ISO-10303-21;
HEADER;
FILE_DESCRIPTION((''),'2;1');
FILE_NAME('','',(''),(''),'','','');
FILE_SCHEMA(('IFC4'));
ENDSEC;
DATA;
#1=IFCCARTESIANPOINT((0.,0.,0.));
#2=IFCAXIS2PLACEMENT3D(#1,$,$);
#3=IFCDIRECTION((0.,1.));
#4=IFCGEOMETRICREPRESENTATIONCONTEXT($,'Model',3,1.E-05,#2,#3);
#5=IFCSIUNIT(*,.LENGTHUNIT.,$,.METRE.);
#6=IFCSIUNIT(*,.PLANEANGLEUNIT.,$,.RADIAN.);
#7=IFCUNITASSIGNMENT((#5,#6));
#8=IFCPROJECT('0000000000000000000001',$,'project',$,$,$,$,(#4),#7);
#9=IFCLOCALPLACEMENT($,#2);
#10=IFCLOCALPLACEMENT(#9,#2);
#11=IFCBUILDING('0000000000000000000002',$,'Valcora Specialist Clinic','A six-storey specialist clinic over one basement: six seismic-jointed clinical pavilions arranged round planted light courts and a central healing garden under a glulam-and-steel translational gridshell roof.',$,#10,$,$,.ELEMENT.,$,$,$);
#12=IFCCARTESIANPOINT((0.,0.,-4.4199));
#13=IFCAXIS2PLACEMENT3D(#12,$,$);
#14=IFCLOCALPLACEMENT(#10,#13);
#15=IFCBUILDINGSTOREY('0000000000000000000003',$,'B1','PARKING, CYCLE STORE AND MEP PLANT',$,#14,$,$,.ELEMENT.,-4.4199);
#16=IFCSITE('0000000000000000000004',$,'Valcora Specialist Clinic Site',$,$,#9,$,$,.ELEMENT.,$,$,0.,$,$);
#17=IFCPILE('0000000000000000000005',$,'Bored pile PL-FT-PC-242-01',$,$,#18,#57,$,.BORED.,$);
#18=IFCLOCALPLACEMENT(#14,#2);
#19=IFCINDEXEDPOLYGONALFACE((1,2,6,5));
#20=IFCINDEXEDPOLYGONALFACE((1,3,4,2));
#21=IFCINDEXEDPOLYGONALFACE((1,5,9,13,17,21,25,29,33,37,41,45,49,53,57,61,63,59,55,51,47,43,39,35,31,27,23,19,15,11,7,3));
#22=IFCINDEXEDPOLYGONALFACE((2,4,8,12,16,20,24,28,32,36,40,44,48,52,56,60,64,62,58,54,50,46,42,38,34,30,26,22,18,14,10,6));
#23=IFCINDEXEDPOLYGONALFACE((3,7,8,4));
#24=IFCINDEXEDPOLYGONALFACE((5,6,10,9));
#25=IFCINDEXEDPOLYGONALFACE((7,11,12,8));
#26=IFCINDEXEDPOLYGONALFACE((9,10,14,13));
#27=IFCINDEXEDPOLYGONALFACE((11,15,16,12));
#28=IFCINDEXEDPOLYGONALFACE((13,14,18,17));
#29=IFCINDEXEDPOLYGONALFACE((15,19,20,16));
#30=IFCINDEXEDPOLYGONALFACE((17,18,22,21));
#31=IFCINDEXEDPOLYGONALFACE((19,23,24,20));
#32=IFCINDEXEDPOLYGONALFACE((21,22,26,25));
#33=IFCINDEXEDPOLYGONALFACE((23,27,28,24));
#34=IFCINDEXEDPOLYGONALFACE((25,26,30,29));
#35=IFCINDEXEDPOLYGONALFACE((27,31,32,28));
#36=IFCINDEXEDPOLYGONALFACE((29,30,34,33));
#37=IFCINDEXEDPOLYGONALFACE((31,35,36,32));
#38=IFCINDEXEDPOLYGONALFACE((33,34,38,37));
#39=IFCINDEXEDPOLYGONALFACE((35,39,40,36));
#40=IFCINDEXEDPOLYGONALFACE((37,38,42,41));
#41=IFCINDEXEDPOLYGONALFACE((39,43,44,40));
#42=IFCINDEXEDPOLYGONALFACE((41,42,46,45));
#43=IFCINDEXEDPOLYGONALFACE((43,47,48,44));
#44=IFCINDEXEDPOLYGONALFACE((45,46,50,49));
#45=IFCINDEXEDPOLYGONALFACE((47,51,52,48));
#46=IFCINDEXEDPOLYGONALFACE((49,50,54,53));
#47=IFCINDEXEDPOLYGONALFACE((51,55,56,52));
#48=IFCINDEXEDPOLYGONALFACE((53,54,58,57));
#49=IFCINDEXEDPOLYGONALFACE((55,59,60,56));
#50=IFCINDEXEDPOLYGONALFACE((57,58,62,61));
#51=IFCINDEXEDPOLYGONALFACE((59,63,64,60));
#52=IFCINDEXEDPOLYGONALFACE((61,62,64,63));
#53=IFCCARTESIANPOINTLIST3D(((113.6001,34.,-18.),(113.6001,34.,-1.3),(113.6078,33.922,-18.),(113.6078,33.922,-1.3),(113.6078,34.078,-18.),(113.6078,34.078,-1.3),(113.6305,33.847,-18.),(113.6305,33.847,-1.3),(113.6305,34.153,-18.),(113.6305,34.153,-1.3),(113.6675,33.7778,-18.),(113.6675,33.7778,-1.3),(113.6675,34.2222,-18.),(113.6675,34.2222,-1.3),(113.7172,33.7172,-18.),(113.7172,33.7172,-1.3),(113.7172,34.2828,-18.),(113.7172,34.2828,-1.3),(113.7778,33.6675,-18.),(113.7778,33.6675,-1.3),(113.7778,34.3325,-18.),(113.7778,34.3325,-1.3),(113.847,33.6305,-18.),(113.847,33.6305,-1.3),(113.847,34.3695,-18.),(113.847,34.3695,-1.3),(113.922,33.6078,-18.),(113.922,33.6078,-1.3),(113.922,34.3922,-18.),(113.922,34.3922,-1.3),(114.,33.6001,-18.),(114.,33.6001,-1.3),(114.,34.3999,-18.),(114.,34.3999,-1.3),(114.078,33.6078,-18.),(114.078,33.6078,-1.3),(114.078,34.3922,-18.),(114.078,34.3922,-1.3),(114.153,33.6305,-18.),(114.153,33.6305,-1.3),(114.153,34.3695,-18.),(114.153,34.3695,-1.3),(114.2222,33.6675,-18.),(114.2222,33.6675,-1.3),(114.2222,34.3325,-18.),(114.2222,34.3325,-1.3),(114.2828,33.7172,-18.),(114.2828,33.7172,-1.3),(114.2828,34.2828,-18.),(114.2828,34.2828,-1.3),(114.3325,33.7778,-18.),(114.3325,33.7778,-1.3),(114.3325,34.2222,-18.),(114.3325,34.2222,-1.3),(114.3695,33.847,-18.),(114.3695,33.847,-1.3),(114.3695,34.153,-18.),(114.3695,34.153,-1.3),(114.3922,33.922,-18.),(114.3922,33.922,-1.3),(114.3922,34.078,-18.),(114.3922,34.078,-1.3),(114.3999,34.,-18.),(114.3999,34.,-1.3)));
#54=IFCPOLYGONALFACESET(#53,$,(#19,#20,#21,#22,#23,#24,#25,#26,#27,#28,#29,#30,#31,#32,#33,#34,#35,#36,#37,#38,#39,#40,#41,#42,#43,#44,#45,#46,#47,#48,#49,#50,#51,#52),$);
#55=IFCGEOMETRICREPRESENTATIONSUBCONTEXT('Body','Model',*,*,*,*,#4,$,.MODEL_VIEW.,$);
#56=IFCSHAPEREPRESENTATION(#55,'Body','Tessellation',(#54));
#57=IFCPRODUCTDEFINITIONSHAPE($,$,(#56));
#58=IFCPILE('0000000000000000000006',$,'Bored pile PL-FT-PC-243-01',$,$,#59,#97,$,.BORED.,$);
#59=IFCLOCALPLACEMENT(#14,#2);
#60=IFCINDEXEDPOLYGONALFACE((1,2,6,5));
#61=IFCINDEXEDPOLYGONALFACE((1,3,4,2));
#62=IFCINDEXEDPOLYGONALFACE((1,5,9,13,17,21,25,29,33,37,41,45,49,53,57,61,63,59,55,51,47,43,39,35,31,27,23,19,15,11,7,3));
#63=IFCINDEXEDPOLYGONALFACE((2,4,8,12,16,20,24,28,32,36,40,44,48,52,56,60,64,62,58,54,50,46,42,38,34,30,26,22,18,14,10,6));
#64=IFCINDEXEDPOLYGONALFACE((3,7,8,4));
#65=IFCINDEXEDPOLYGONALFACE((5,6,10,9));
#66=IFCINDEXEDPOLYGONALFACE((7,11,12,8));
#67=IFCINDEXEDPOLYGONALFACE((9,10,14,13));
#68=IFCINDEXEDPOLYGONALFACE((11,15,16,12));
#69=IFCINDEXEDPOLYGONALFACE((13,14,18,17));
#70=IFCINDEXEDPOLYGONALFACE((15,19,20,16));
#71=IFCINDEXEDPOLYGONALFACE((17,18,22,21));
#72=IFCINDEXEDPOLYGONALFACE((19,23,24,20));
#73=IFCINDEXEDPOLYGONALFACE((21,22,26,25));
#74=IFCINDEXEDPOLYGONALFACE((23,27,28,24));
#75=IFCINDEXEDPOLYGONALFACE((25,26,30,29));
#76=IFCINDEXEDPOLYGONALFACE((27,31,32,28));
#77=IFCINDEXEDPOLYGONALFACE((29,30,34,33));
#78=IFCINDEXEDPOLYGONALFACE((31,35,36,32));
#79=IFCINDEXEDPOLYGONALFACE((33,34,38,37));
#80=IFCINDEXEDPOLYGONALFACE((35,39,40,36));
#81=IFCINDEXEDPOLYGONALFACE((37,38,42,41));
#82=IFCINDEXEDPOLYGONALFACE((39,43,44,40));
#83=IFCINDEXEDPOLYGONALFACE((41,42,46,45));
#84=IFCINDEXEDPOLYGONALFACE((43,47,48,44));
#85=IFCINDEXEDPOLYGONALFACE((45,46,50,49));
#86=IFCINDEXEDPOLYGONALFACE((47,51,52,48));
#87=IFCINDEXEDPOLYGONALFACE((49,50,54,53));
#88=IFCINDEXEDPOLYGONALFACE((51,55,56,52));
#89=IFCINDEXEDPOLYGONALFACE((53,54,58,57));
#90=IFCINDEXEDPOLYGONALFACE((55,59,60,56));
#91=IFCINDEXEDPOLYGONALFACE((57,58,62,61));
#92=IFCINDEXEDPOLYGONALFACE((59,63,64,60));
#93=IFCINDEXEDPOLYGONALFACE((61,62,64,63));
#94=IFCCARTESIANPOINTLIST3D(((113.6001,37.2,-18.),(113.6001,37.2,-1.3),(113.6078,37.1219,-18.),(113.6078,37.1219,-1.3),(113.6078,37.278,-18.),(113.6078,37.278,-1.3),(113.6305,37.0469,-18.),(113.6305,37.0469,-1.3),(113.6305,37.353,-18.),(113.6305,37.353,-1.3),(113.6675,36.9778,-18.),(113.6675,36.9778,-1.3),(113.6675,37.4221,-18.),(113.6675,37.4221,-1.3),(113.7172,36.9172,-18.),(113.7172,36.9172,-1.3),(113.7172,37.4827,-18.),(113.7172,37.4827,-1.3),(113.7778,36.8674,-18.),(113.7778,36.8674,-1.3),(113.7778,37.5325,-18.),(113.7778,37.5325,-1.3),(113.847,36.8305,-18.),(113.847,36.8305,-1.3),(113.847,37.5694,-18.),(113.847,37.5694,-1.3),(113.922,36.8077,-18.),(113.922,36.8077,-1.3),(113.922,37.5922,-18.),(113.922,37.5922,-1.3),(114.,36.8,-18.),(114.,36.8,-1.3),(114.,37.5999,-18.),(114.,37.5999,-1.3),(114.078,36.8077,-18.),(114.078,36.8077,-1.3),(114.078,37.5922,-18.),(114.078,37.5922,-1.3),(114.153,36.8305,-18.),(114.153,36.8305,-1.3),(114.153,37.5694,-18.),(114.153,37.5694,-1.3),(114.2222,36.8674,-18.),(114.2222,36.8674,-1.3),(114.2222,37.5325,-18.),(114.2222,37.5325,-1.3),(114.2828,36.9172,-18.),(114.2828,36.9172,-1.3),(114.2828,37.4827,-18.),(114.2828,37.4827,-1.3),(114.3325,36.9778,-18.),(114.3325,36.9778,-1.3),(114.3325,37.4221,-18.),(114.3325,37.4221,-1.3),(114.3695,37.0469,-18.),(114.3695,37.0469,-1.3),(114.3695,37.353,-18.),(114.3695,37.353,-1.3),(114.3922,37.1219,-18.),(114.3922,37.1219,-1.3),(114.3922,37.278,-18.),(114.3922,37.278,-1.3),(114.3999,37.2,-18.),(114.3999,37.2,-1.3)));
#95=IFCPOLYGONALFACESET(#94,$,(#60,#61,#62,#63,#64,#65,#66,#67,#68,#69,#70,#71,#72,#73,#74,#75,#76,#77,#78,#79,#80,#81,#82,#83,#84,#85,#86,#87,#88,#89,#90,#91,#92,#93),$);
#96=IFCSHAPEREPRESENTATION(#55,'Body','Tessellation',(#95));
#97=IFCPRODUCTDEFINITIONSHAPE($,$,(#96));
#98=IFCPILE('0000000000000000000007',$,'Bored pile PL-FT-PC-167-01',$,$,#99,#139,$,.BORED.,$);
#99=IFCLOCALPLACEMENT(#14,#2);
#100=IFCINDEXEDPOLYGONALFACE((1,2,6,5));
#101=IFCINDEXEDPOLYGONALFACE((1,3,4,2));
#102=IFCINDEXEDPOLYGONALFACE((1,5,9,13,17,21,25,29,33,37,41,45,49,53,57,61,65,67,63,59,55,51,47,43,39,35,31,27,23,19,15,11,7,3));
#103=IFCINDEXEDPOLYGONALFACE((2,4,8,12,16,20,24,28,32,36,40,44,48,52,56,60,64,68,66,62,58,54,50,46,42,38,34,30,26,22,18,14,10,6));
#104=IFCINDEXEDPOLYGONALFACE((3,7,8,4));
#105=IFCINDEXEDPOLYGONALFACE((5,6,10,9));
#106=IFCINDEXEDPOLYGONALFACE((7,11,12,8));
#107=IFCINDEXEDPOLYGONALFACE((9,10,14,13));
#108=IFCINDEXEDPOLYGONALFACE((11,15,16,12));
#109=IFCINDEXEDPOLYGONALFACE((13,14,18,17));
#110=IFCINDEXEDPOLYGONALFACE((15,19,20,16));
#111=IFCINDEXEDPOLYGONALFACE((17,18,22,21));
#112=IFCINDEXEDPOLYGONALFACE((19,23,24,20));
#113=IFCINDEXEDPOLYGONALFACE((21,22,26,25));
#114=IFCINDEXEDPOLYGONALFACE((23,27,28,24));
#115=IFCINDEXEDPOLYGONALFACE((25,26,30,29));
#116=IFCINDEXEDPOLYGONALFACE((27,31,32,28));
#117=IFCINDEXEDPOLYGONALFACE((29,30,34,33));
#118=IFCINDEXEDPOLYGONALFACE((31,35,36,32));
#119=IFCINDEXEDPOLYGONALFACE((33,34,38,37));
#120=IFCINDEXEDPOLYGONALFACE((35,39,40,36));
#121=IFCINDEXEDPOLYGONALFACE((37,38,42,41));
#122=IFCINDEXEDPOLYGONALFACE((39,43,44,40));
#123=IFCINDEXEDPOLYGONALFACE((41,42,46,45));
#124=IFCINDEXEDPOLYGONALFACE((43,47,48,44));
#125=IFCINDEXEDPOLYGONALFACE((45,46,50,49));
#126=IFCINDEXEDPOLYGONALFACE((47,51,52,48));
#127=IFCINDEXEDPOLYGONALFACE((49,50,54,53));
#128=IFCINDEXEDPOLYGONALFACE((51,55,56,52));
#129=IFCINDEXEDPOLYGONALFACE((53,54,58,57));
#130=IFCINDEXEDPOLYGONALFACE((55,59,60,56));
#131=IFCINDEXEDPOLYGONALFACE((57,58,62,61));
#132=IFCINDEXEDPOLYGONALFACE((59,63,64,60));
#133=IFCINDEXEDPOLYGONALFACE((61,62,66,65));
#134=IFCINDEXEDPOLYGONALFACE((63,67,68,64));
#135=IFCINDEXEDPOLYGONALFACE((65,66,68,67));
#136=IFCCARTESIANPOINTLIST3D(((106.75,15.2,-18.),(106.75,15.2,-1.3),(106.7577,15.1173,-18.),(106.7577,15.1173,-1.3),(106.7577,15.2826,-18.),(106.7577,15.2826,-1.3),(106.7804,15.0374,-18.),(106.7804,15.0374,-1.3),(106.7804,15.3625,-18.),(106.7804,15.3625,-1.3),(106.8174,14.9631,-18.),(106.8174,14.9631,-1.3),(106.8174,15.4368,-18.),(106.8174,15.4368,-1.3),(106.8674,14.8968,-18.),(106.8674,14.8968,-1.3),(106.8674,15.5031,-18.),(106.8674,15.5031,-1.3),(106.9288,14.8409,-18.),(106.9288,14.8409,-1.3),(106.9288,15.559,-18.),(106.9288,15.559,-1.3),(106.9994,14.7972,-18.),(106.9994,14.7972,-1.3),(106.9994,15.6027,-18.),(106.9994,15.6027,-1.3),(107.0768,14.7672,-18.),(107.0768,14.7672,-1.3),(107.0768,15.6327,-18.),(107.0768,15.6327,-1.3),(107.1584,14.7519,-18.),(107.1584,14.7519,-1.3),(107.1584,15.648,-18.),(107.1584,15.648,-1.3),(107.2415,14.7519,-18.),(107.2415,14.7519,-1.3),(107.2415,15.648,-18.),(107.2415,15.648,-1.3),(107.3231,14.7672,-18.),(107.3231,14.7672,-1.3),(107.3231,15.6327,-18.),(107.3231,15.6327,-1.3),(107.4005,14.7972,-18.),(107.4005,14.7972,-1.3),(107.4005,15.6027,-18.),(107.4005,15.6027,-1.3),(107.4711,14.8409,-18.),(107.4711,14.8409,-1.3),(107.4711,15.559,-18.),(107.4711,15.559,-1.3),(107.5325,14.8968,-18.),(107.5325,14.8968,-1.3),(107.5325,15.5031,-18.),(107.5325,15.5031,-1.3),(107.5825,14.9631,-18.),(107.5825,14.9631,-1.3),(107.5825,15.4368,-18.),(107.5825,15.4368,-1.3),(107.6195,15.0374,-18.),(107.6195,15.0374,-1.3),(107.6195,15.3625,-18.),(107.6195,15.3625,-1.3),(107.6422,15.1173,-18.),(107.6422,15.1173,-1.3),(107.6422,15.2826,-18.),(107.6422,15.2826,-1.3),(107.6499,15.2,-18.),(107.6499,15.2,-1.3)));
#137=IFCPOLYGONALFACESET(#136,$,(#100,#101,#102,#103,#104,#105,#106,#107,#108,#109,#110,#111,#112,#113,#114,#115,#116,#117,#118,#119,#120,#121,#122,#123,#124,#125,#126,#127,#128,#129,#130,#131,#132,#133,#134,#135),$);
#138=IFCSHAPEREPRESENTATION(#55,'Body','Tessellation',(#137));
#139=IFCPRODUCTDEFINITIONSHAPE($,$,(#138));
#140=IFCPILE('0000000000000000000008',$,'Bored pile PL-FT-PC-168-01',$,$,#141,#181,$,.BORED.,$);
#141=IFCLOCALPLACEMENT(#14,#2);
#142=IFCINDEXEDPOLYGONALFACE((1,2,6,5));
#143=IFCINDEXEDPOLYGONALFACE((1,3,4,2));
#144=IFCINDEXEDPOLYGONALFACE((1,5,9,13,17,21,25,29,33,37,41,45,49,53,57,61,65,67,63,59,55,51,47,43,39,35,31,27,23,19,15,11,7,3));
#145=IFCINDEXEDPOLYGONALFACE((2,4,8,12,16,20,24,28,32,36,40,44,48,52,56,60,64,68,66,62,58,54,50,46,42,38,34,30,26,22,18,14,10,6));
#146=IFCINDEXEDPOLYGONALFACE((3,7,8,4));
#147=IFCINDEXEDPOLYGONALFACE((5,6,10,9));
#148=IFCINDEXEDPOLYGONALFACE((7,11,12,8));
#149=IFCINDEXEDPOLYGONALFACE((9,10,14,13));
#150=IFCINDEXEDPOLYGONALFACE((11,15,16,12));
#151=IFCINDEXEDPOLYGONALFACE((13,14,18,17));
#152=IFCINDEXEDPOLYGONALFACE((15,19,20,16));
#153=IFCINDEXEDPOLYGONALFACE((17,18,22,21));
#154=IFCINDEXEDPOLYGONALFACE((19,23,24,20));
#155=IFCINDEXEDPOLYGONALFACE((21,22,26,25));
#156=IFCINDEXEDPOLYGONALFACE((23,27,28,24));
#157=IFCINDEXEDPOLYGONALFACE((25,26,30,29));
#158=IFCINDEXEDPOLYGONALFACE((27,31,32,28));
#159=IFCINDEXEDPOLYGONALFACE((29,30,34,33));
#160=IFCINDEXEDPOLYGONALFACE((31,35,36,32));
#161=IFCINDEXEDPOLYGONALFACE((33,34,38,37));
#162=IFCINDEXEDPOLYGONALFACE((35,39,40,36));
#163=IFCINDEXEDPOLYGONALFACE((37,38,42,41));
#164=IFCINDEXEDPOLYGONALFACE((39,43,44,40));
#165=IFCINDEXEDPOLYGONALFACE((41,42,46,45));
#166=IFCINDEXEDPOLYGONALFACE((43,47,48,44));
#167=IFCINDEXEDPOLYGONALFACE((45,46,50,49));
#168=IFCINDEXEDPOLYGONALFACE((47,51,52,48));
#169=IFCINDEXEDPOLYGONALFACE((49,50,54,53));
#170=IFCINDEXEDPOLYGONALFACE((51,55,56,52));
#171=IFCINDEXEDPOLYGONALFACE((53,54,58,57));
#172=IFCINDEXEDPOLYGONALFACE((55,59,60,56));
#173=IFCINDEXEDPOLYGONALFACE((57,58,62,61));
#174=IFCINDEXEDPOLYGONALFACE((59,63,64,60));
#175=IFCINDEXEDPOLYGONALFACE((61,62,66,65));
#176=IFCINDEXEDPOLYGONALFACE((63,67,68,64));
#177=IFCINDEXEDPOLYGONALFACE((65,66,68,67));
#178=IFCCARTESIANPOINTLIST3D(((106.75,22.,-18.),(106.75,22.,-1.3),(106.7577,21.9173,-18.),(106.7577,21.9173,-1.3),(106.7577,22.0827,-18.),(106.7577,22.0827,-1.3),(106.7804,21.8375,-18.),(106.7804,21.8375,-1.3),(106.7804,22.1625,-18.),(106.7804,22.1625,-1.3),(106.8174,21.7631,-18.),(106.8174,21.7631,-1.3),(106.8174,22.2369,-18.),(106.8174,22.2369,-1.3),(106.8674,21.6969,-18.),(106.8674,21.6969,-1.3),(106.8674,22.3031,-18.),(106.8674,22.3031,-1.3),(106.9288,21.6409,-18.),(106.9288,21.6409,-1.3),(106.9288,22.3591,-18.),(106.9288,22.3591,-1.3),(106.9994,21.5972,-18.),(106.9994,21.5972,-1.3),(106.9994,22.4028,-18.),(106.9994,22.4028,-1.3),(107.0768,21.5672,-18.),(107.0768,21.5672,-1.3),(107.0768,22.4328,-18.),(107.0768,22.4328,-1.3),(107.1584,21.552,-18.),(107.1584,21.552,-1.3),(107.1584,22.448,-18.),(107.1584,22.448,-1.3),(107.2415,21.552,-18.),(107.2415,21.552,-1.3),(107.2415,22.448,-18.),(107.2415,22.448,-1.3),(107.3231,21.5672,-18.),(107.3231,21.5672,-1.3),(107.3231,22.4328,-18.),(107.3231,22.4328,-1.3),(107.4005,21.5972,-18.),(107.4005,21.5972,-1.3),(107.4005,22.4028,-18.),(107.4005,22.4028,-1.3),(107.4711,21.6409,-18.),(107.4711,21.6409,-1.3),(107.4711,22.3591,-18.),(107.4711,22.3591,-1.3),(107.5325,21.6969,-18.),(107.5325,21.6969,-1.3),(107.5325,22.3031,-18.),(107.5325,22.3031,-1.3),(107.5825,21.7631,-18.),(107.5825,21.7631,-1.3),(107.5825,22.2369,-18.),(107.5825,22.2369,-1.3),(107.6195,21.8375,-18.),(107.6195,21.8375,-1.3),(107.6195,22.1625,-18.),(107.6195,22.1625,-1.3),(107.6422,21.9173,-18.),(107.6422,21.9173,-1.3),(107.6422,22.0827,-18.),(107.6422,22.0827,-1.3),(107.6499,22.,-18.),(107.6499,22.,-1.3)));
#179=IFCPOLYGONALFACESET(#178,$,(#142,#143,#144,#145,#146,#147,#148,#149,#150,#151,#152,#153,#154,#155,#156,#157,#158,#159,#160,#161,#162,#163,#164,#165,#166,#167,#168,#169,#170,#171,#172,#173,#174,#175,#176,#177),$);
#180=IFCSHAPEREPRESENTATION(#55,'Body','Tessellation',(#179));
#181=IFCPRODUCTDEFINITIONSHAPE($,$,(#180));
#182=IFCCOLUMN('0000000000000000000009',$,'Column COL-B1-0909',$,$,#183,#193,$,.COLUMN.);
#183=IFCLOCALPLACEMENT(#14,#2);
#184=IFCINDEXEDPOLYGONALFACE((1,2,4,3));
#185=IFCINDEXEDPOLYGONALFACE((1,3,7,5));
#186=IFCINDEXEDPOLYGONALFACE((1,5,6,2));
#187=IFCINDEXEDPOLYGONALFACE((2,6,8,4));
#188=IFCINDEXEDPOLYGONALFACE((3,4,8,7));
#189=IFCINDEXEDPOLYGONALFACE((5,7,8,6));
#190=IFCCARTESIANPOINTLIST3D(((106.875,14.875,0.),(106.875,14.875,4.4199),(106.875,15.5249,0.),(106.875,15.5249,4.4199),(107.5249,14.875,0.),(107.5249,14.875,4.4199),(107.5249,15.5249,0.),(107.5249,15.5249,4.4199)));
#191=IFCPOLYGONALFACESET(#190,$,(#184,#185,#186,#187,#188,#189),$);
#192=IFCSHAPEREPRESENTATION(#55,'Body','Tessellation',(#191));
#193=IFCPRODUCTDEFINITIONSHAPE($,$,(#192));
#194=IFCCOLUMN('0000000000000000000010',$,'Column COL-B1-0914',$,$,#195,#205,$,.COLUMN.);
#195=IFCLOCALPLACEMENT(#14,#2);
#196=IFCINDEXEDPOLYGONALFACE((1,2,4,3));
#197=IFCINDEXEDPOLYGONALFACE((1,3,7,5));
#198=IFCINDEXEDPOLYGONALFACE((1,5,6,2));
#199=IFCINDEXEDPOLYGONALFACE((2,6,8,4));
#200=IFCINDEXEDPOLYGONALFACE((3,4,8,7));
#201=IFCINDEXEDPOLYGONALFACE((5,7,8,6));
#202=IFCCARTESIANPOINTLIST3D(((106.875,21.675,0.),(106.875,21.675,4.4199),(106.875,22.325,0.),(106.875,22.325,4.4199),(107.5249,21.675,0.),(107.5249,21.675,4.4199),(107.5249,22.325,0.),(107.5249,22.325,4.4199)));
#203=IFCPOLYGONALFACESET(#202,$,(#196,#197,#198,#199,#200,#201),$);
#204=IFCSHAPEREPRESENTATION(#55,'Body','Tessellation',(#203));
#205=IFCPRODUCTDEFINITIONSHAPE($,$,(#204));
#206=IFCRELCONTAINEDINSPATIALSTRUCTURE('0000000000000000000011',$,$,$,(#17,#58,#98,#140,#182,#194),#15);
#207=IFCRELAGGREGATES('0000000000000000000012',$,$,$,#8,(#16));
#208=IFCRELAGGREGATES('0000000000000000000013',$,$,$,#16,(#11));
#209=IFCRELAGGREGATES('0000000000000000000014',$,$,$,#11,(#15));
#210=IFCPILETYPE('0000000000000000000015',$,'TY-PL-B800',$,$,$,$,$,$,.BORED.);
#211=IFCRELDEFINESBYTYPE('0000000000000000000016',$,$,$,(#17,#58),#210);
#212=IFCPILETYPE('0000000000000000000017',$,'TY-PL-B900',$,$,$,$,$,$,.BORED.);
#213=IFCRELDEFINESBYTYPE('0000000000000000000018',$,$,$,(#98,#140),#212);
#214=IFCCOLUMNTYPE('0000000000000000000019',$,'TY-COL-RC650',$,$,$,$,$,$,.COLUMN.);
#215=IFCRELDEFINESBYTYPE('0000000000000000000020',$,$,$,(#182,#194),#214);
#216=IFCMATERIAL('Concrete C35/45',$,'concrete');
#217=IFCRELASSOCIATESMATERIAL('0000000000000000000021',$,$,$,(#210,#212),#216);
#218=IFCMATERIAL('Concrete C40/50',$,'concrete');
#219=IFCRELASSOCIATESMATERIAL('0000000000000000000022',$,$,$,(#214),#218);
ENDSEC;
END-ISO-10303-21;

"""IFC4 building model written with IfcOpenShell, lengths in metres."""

from ifc_helpers import new_model, si_unit, direction, frame, origin, origin_2d, place, context, subcontext, project, spatial, rectangle, circle, extrude, material, material_profile, profile_set, type_object, element, save


model = new_model("IFC4")

# Units and contexts
model_context = context("Model", 3, precision=1e-05, world=origin(), true_north=direction((0.0, 1.0)))
body_context = subcontext(model_context, "Body", "Model", "MODEL_VIEW")
ifc_project = project(units=[si_unit("LENGTHUNIT", "METRE"), si_unit("PLANEANGLEUNIT", "RADIAN")], contexts=[model_context])

# Site, building, storey
site_placement = place(None, origin())
site = spatial("IfcSite", under=ifc_project, at=site_placement, Name="Valcora Specialist Clinic Site", CompositionType="ELEMENT", RefElevation=0.0)
building_placement = place(site_placement, origin())
building = spatial("IfcBuilding", under=site, at=building_placement, Name="Valcora Specialist Clinic", Description="A six-storey specialist clinic over one basement: six seismic-jointed clinical pavilions arranged round planted light courts and a central healing garden under a glulam-and-steel translational gridshell roof.", CompositionType="ELEMENT")
storey_placement = place(building_placement, frame((0.0, 0.0, -4.4199)))
storey = spatial("IfcBuildingStorey", under=building, at=storey_placement, Name="B1", Description="PARKING, CYCLE STORE AND MEP PLANT", CompositionType="ELEMENT", Elevation=-4.4199)

# Shared definitions
ifc_material_1 = material(Name="Concrete C35/45", Category="concrete")

# Piles
ifc_material_profile_1 = material_profile(ifc_material_1, circle(Radius=0.3999, at=origin_2d()), Name="RC-PIL-D800")
ifc_profile_set_1 = profile_set([ifc_material_profile_1], Name="Concrete C35/45")
pile_type_1 = type_object("IfcPileType", Name="TY-PL-B800", PredefinedType="BORED", material=ifc_profile_set_1)
for number, where, z_axis, x_axis, name in (
    (1, (114.0, 34.0, -1.3), (0.0, 0.0, -1.0), (1.0, 0.0, 0.0), "Bored pile PL-FT-PC-242-01"),
    (2, (114.0, 37.2, -1.3), (0.0, 0.0, -1.0), (1.0, 0.0, 0.0), "Bored pile PL-FT-PC-243-01"),
):
    element("IfcPile", number, at=place(storey_placement, frame(where, z_axis=z_axis, x_axis=x_axis)), inside=storey, type_object=pile_type_1, Name=name, PredefinedType="BORED", context=body_context, shape_type="SweptSolid", body=[
        extrude(circle(Radius=0.3999, at=origin_2d()), origin(), (0.0, 0.0, 1.0), 16.7),
    ])
ifc_material_profile_2 = material_profile(ifc_material_1, circle(Radius=0.45, at=origin_2d()), Name="RC-PIL-D900")
ifc_profile_set_2 = profile_set([ifc_material_profile_2], Name="Concrete C35/45")
pile_type_2 = type_object("IfcPileType", Name="TY-PL-B900", PredefinedType="BORED", material=ifc_profile_set_2)
for number, where, z_axis, x_axis, name in (
    (3, (107.2, 15.2, -1.3), (0.0, 0.0, -1.0), (1.0, 0.0, 0.0), "Bored pile PL-FT-PC-167-01"),
    (4, (107.2, 22.0, -1.3), (0.0, 0.0, -1.0), (1.0, 0.0, 0.0), "Bored pile PL-FT-PC-168-01"),
):
    element("IfcPile", number, at=place(storey_placement, frame(where, z_axis=z_axis, x_axis=x_axis)), inside=storey, type_object=pile_type_2, Name=name, PredefinedType="BORED", context=body_context, shape_type="SweptSolid", body=[
        extrude(circle(Radius=0.45, at=origin_2d()), origin(), (0.0, 0.0, 1.0), 16.7),
    ])

# Columns
ifc_material_2 = material(Name="Concrete C40/50", Category="concrete")
ifc_material_profile_3 = material_profile(ifc_material_2, rectangle(XDim=0.6499, YDim=0.6499, at=origin_2d()), Name="RC-COL-650X650")
ifc_profile_set_3 = profile_set([ifc_material_profile_3], Name="Concrete C40/50")
column_type_1 = type_object("IfcColumnType", Name="TY-COL-RC650", PredefinedType="COLUMN", material=ifc_profile_set_3)
for number, where, z_axis, x_axis, name in (
    (5, (107.2, 15.2, 0.0), (0.0, 0.0, 1.0), (1.0, 0.0, 0.0), "Column COL-B1-0909"),
    (6, (107.2, 22.0, 0.0), (0.0, 0.0, 1.0), (1.0, 0.0, 0.0), "Column COL-B1-0914"),
):
    element("IfcColumn", number, at=place(storey_placement, frame(where, z_axis=z_axis, x_axis=x_axis)), inside=storey, type_object=column_type_1, Name=name, PredefinedType="COLUMN", context=body_context, shape_type="SweptSolid", body=[
        extrude(rectangle(XDim=0.6499, YDim=0.6499, at=origin_2d()), origin(), (0.0, 0.0, 1.0), 4.4199),
    ])

save(model, "model.ifc")
